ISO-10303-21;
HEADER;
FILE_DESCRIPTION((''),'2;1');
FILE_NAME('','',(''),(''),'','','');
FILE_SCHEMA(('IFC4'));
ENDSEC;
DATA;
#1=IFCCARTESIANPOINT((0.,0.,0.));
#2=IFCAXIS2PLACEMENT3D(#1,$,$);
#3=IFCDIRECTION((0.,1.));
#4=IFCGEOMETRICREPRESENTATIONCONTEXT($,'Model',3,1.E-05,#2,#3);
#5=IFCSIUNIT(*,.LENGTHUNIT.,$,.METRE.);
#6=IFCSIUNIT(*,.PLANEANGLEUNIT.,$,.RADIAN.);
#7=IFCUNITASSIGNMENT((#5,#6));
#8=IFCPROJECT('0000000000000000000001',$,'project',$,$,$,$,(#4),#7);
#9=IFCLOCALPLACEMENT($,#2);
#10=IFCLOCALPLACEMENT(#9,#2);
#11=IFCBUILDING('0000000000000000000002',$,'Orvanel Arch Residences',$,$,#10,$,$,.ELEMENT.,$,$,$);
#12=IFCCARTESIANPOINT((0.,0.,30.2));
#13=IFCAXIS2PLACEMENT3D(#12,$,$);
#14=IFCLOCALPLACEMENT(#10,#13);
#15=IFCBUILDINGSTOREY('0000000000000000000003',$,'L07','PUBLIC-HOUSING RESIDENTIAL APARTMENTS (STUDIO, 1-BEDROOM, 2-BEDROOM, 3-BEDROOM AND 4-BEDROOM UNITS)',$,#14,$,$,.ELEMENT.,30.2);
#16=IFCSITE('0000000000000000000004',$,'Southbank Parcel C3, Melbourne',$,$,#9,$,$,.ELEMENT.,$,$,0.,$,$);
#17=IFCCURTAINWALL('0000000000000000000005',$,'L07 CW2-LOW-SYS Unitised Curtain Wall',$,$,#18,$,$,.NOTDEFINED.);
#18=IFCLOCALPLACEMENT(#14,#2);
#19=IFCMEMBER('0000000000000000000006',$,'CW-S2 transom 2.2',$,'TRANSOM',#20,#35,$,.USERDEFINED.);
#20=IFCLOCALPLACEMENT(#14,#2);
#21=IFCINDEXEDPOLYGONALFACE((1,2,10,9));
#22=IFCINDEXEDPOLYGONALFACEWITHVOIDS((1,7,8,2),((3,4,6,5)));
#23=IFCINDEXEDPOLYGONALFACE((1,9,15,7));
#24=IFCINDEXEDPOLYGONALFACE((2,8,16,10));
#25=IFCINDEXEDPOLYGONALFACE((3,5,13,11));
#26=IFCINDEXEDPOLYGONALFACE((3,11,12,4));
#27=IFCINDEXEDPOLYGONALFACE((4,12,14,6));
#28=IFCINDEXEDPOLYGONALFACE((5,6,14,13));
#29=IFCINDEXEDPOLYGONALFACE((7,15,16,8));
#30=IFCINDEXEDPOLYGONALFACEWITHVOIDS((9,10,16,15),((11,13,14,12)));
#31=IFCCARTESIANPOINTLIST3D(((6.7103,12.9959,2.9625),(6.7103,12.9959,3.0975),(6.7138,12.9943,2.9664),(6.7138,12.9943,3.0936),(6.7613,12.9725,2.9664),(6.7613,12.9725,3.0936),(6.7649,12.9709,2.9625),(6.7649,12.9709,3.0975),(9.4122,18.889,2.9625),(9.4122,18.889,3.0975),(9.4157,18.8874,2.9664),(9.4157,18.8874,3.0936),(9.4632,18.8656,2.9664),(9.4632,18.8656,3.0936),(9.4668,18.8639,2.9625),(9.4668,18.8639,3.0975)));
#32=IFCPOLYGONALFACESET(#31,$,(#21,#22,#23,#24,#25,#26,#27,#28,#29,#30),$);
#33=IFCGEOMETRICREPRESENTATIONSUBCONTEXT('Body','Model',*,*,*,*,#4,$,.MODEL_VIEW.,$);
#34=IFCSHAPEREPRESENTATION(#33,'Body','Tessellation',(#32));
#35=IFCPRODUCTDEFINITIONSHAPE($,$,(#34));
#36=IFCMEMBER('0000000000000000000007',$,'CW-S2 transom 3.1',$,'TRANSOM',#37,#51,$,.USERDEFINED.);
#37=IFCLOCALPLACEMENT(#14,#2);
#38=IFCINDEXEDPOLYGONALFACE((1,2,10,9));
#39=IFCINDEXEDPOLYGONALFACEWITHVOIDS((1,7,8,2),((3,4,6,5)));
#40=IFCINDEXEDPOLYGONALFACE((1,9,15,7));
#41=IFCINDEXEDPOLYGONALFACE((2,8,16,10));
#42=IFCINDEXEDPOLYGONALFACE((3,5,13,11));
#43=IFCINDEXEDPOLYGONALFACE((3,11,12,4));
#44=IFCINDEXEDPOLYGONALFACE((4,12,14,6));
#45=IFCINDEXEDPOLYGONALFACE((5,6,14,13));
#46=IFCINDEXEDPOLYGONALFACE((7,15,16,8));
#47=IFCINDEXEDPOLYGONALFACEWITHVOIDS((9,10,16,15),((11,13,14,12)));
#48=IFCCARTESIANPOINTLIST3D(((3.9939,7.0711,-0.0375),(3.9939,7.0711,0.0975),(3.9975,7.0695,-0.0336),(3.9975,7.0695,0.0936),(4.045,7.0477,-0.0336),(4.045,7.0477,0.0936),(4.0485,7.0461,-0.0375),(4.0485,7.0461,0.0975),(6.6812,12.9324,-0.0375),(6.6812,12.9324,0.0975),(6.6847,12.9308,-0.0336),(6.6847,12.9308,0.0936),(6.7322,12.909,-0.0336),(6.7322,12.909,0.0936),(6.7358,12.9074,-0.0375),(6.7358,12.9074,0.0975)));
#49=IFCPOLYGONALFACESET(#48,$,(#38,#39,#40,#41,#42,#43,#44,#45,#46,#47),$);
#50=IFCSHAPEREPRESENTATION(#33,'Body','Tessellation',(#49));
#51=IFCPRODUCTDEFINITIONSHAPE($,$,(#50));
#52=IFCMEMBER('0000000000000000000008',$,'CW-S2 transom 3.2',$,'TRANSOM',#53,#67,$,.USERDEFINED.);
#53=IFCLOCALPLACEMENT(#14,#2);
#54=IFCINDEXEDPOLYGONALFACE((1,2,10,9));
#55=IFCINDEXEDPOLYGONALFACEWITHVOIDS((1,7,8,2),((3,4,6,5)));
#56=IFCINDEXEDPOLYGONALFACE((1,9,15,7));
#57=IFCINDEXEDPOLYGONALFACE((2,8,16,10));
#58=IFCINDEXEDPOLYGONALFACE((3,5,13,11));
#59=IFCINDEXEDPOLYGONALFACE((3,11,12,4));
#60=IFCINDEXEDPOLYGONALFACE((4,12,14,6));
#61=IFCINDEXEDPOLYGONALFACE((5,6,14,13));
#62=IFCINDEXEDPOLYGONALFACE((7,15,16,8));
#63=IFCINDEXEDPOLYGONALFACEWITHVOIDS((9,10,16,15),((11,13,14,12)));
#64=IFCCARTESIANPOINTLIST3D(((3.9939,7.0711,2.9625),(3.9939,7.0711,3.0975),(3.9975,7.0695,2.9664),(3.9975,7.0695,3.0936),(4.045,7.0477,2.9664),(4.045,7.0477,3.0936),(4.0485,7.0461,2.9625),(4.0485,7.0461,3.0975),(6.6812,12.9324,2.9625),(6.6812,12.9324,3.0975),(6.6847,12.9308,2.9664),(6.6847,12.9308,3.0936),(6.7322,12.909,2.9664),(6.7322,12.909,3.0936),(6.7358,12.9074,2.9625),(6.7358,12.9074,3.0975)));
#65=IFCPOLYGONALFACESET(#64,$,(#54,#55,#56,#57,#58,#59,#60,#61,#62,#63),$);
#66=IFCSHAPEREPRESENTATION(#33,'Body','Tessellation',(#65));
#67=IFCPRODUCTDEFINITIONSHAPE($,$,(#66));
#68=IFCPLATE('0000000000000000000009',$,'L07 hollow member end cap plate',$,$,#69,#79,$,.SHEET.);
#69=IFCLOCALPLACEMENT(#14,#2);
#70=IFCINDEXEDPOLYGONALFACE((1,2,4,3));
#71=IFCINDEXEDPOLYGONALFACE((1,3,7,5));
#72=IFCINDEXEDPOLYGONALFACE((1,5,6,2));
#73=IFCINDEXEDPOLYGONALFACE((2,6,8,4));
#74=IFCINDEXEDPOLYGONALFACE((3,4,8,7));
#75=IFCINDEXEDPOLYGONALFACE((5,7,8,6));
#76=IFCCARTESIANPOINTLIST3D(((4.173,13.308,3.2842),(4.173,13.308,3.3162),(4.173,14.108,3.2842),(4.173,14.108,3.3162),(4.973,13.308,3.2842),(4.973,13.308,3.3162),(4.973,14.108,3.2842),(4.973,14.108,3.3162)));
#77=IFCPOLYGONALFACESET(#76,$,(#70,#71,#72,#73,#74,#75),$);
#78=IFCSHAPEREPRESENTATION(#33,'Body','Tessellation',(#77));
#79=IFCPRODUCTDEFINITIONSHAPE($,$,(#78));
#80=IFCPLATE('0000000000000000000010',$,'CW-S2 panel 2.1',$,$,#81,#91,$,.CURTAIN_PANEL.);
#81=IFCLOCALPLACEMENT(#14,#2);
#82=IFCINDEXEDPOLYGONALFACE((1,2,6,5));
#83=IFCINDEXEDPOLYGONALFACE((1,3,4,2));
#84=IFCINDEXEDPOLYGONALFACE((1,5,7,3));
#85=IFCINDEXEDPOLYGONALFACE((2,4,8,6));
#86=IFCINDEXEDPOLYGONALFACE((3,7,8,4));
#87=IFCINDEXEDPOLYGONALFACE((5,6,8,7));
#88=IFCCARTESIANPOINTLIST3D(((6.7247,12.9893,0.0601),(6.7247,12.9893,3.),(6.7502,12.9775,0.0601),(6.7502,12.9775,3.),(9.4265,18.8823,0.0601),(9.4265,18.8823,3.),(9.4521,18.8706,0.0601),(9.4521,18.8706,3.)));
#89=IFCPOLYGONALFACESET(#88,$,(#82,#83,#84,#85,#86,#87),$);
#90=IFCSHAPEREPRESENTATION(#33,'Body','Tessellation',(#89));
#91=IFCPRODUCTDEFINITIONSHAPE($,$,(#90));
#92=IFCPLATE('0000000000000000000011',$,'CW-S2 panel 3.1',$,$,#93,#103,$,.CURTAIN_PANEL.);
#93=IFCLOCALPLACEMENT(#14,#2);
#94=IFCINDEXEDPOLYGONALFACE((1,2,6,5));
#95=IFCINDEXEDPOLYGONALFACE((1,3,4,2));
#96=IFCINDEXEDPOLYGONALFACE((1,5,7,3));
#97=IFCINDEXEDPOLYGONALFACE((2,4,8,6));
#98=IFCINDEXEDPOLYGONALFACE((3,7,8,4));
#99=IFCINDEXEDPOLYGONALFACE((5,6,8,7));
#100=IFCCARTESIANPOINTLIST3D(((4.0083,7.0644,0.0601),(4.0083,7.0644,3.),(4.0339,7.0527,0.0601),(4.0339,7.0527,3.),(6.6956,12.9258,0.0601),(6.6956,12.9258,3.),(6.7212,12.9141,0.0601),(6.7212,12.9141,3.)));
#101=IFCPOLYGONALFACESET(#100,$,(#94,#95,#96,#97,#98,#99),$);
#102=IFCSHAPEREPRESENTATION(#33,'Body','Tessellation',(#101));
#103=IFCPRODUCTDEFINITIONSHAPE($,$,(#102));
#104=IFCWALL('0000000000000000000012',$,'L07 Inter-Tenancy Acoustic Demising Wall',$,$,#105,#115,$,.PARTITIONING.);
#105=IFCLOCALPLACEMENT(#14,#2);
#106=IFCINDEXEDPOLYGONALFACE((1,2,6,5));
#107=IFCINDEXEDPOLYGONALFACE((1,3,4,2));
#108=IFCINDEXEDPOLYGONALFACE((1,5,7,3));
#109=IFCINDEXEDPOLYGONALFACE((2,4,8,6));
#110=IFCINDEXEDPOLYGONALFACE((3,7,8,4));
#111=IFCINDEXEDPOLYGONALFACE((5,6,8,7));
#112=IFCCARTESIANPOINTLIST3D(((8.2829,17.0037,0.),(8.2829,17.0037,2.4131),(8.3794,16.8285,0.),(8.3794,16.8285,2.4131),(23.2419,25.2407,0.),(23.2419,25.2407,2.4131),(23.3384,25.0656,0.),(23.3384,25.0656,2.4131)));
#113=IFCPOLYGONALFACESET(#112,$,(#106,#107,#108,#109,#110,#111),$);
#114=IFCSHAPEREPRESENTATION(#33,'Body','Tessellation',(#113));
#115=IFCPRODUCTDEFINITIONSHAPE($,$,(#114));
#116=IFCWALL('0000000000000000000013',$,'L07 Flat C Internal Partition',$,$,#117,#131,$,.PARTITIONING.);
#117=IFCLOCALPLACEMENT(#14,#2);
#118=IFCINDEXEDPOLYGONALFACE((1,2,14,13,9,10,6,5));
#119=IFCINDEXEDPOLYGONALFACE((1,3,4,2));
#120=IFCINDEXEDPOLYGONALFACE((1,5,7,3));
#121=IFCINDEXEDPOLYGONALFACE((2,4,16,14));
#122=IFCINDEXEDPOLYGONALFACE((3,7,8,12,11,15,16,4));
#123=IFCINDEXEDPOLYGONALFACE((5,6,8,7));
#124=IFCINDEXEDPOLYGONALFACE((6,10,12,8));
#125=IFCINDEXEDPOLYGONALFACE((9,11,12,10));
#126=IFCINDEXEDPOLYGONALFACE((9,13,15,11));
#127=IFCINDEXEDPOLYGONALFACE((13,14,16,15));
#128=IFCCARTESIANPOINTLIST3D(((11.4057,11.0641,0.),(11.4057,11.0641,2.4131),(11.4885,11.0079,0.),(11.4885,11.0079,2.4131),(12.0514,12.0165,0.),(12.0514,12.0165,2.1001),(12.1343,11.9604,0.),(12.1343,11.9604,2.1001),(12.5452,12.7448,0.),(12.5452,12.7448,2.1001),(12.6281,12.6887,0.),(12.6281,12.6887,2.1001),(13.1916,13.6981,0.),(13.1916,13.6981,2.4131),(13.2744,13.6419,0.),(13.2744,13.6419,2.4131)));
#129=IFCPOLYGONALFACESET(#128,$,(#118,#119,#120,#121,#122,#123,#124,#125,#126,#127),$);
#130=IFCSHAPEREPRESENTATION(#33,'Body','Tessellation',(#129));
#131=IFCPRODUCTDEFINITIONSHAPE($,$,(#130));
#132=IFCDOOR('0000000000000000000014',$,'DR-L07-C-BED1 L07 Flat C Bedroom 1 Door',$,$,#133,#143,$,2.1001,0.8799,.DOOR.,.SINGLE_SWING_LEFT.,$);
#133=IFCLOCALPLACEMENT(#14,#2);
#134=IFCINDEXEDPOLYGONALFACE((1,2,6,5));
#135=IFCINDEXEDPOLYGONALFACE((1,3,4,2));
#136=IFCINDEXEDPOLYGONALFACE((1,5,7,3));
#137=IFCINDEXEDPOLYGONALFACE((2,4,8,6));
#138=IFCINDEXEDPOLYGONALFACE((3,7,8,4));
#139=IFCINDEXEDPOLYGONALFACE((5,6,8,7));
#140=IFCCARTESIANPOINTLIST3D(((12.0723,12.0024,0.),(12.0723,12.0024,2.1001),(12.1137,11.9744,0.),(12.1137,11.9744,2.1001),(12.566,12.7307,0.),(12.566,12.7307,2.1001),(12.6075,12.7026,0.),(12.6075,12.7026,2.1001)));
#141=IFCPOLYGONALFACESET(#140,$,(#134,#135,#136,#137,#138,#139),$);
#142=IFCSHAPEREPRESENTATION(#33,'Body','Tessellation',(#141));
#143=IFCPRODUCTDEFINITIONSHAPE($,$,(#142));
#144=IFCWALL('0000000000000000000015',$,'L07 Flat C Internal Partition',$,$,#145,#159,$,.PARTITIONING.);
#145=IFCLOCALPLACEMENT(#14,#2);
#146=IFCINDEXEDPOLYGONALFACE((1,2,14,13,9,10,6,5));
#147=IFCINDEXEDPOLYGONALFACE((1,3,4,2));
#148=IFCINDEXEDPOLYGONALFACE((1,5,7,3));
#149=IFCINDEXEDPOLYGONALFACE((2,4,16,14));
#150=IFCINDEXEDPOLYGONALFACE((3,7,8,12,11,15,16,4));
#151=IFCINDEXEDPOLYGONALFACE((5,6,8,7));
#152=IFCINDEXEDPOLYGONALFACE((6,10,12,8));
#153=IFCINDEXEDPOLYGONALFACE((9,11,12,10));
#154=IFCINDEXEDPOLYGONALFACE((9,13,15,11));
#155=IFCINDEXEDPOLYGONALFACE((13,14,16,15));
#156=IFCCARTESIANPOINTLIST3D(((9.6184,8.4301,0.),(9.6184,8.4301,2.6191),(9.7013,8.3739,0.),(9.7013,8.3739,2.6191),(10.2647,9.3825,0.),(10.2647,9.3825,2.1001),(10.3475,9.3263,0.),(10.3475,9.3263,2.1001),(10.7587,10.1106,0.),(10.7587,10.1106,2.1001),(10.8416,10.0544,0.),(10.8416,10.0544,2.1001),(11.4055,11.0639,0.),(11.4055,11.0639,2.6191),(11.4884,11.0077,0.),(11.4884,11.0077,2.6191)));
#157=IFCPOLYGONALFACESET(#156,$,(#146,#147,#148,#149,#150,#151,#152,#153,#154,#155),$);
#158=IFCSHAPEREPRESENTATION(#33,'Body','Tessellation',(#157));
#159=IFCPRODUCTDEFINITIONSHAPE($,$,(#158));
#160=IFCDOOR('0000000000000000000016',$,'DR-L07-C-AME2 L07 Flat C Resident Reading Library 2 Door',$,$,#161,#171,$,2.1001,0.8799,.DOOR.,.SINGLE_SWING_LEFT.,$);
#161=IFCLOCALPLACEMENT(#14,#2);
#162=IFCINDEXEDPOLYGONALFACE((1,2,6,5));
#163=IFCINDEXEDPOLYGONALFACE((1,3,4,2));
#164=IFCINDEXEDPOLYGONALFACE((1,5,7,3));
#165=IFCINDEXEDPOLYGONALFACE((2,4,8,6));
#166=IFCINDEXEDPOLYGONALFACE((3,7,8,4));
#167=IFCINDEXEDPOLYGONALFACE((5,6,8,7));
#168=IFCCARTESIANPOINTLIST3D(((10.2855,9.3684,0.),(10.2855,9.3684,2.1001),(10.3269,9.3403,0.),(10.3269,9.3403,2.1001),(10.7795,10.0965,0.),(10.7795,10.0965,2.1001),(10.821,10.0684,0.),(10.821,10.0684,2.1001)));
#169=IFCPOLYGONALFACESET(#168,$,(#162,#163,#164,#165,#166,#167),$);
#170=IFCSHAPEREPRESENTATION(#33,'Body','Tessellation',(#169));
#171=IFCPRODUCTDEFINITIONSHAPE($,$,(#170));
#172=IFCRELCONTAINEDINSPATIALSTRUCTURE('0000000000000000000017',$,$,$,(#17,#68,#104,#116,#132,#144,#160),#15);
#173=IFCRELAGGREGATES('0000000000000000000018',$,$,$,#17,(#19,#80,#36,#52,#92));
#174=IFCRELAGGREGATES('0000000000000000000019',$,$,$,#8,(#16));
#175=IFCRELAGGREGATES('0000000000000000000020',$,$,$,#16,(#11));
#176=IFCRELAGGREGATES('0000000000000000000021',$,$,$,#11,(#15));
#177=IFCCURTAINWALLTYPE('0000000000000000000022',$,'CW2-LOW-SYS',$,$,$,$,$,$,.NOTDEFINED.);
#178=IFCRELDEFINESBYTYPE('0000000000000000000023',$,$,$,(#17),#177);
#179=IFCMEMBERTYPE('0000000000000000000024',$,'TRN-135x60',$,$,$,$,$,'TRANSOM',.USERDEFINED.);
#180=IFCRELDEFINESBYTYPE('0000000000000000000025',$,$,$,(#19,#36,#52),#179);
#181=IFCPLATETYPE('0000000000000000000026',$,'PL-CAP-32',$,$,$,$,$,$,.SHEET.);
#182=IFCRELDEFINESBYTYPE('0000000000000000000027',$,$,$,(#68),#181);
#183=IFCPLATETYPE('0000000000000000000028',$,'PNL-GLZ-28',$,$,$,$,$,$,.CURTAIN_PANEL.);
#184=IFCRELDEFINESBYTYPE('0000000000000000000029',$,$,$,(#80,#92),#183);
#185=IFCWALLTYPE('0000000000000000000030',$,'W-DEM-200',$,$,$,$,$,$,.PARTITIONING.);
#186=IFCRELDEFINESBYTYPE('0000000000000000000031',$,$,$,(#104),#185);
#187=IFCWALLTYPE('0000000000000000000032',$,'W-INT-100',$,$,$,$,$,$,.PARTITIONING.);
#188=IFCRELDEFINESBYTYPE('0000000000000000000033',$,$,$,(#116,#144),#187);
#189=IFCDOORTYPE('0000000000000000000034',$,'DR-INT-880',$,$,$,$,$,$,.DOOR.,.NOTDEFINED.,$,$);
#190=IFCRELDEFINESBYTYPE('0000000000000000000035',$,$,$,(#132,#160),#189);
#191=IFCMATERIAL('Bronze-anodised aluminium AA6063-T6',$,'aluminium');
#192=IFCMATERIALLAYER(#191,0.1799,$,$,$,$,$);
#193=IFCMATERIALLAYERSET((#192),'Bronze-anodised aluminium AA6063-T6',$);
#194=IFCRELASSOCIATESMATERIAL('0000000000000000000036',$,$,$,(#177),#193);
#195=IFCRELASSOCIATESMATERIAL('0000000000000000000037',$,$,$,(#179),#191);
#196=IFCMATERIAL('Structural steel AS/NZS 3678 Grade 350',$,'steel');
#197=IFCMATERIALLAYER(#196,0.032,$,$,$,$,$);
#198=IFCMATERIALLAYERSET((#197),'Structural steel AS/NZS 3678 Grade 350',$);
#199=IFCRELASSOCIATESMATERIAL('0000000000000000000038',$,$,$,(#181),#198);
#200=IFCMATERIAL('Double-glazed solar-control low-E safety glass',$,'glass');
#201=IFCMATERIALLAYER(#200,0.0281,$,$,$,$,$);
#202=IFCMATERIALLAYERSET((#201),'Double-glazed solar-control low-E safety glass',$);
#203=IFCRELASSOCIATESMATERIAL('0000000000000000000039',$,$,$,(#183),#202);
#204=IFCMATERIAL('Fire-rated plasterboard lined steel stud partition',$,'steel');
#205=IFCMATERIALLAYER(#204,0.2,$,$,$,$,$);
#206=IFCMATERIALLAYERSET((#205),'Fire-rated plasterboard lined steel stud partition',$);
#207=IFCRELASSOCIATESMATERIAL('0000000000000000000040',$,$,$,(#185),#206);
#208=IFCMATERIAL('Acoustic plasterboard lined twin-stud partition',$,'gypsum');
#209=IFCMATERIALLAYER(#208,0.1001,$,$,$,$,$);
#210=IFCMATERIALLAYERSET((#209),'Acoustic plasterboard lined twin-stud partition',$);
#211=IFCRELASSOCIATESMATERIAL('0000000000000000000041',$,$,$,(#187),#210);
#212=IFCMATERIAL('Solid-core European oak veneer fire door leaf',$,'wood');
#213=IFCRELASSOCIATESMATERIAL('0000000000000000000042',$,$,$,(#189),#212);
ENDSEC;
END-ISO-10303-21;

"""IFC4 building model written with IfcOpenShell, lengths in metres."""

from ifc_helpers import new_model, si_unit, direction, frame, frame_2d, origin, origin_2d, place, context, subcontext, project, spatial, rectangle, hollow_rectangle, extrude, material, layer, layer_set, material_profile, profile_set, type_object, element, fill, aggregate, save


model = new_model("IFC4")

# Units and contexts
model_context = context("Model", 3, precision=1e-05, world=origin(), true_north=direction((0.0, 1.0)))
body_context = subcontext(model_context, "Body", "Model", "MODEL_VIEW")
ifc_project = project(units=[si_unit("LENGTHUNIT", "METRE"), si_unit("PLANEANGLEUNIT", "RADIAN")], contexts=[model_context])

# Site, building, storey
site_placement = place(None, origin())
site = spatial("IfcSite", under=ifc_project, at=site_placement, Name="Southbank Parcel C3, Melbourne", CompositionType="ELEMENT", RefElevation=0.0)
building_placement = place(site_placement, origin())
building = spatial("IfcBuilding", under=site, at=building_placement, Name="Orvanel Arch Residences", CompositionType="ELEMENT")
storey_placement = place(building_placement, frame((0.0, 0.0, 30.2)))
storey = spatial("IfcBuildingStorey", under=building, at=storey_placement, Name="L07", Description="PUBLIC-HOUSING RESIDENTIAL APARTMENTS (STUDIO, 1-BEDROOM, 2-BEDROOM, 3-BEDROOM AND 4-BEDROOM UNITS)", CompositionType="ELEMENT", Elevation=30.2)

# Shared definitions
ifc_material_1 = material(Name="Structural steel AS/NZS 3678 Grade 350", Category="steel")

# Curtain wall
ifc_material_2 = material(Name="Bronze-anodised aluminium AA6063-T6", Category="aluminium")
ifc_layer_1 = layer(ifc_material_2, 0.1799)
ifc_layer_set_1 = layer_set([ifc_layer_1], Name="Bronze-anodised aluminium AA6063-T6")
curtain_wall_type = type_object("IfcCurtainWallType", Name="CW2-LOW-SYS", PredefinedType="NOTDEFINED", material=ifc_layer_set_1)
curtain_wall_placement = place(storey_placement, origin())
curtain_wall = element("IfcCurtainWall", 1, at=curtain_wall_placement, inside=storey, type_object=curtain_wall_type, Name="L07 CW2-LOW-SYS Unitised Curtain Wall", PredefinedType="NOTDEFINED")

# Members
ifc_material_profile_1 = material_profile(ifc_material_2, hollow_rectangle(XDim=0.0601, YDim=0.135, WallThickness=0.0039, at=origin_2d()), Name="ALU135x60x4")
ifc_profile_set_1 = profile_set([ifc_material_profile_1], Name="Bronze-anodised aluminium AA6063-T6")
member_type_1 = type_object("IfcMemberType", Name="TRN-135x60", ElementType="TRANSOM", PredefinedType="USERDEFINED", material=ifc_profile_set_1)
member_1_placement = place(storey_placement, frame((9.4395, 18.8765, 3.03), z_axis=(-0.416771, -0.909011, 0.0), x_axis=(0.909011, -0.416771, 0.0)))
member_1 = element("IfcMember", 2, at=member_1_placement, type_object=member_type_1, Name="CW-S2 transom 2.2", ObjectType="TRANSOM", PredefinedType="USERDEFINED", context=body_context, shape_type="SweptSolid", body=[
    extrude(hollow_rectangle(XDim=0.0601, YDim=0.135, WallThickness=0.0039, at=origin_2d()), origin(), (0.0, 0.0, 1.0), 6.4829),
])
member_2_placement = place(storey_placement, frame((6.7085, 12.9199, 0.03), z_axis=(-0.416759, -0.909017, 0.0), x_axis=(0.909017, -0.416759, 0.0)))
member_2 = element("IfcMember", 3, at=member_2_placement, type_object=member_type_1, Name="CW-S2 transom 3.1", ObjectType="TRANSOM", PredefinedType="USERDEFINED", context=body_context, shape_type="SweptSolid", body=[
    extrude(hollow_rectangle(XDim=0.0601, YDim=0.135, WallThickness=0.0039, at=origin_2d()), origin(), (0.0, 0.0, 1.0), 6.448),
])
member_3_placement = place(storey_placement, frame((6.7085, 12.9199, 3.03), z_axis=(-0.416759, -0.909017, 0.0), x_axis=(0.909017, -0.416759, 0.0)))
member_3 = element("IfcMember", 4, at=member_3_placement, type_object=member_type_1, Name="CW-S2 transom 3.2", ObjectType="TRANSOM", PredefinedType="USERDEFINED", context=body_context, shape_type="SweptSolid", body=[
    extrude(hollow_rectangle(XDim=0.0601, YDim=0.135, WallThickness=0.0039, at=origin_2d()), origin(), (0.0, 0.0, 1.0), 6.448),
])

# Plates
ifc_layer_2 = layer(ifc_material_1, 0.032)
ifc_layer_set_2 = layer_set([ifc_layer_2], Name="Structural steel AS/NZS 3678 Grade 350")
plate_type_1 = type_object("IfcPlateType", Name="PL-CAP-32", PredefinedType="SHEET", material=ifc_layer_set_2)
plate_1_placement = place(storey_placement, frame((4.573, 13.708, 3.2842), z_axis=(0.0, 0.0, 1.0), x_axis=(1.0, 0.0, 0.0)))
element("IfcPlate", 5, at=plate_1_placement, inside=storey, type_object=plate_type_1, Name="L07 hollow member end cap plate", PredefinedType="SHEET", context=body_context, shape_type="SweptSolid", body=[
    extrude(rectangle(XDim=0.8, YDim=0.8, at=origin_2d()), origin(), (0.0, 0.0, 1.0), 0.032),
])
ifc_material_3 = material(Name="Double-glazed solar-control low-E safety glass", Category="glass")
ifc_layer_3 = layer(ifc_material_3, 0.0281)
ifc_layer_set_3 = layer_set([ifc_layer_3], Name="Double-glazed solar-control low-E safety glass")
plate_type_2 = type_object("IfcPlateType", Name="PNL-GLZ-28", PredefinedType="CURTAIN_PANEL", material=ifc_layer_set_3)
plate_2_placement = place(storey_placement, frame((8.0884, 15.9299, 0.0601), z_axis=(0.0, 0.0, 1.0), x_axis=(-0.416763, -0.909015, 0.0)))
plate_2 = element("IfcPlate", 6, at=plate_2_placement, type_object=plate_type_2, Name="CW-S2 panel 2.1", PredefinedType="CURTAIN_PANEL", context=body_context, shape_type="SweptSolid", body=[
    extrude(rectangle(XDim=6.4829, YDim=0.0281, at=origin_2d()), origin(), (0.0, 0.0, 1.0), 2.9399),
])
plate_3_placement = place(storey_placement, frame((5.3647, 9.9893, 0.0601), z_axis=(0.0, 0.0, 1.0), x_axis=(-0.416763, -0.909015, 0.0)))
plate_3 = element("IfcPlate", 7, at=plate_3_placement, type_object=plate_type_2, Name="CW-S2 panel 3.1", PredefinedType="CURTAIN_PANEL", context=body_context, shape_type="SweptSolid", body=[
    extrude(rectangle(XDim=6.448, YDim=0.0281, at=origin_2d()), origin(), (0.0, 0.0, 1.0), 2.9399),
])
aggregate(curtain_wall, [member_1, plate_2, member_2, member_3, plate_3])

# Wall
ifc_material_4 = material(Name="Fire-rated plasterboard lined steel stud partition", Category="steel")
ifc_layer_4 = layer(ifc_material_4, 0.2)
ifc_layer_set_4 = layer_set([ifc_layer_4], Name="Fire-rated plasterboard lined steel stud partition")
wall_type_1 = type_object("IfcWallType", Name="W-DEM-200", PredefinedType="PARTITIONING", material=ifc_layer_set_4)
wall_1_placement = place(storey_placement, frame((8.3311, 16.916, 0.0), z_axis=(0.0, 0.0, 1.0), x_axis=(0.875978, 0.482351, 0.0)))
element("IfcWall", 8, at=wall_1_placement, inside=storey, type_object=wall_type_1, Name="L07 Inter-Tenancy Acoustic Demising Wall", PredefinedType="PARTITIONING", context=body_context, shape_type="SweptSolid", body=[
    extrude(rectangle(XDim=17.0769, YDim=0.2, at=frame_2d((8.5386, 0.0))), origin(), (0.0, 0.0, 1.0), 2.4131),
])

# Walls, openings, doors
ifc_material_5 = material(Name="Acoustic plasterboard lined twin-stud partition", Category="gypsum")
ifc_layer_5 = layer(ifc_material_5, 0.1001)
ifc_layer_set_5 = layer_set([ifc_layer_5], Name="Acoustic plasterboard lined twin-stud partition")
wall_type_2 = type_object("IfcWallType", Name="W-INT-100", PredefinedType="PARTITIONING", material=ifc_layer_set_5)
wall_2_placement = place(storey_placement, frame((11.447, 11.0359, 0.0), z_axis=(0.0, 0.0, 1.0), x_axis=(0.561181, 0.827693, 0.0)))
wall_2 = element("IfcWall", 9, at=wall_2_placement, inside=storey, type_object=wall_type_2, Name="L07 Flat C Internal Partition", PredefinedType="PARTITIONING", context=body_context, shape_type="SweptSolid", body=[
    extrude(rectangle(XDim=3.1824, YDim=0.1001, at=frame_2d((1.5913, 0.0))), origin(), (0.0, 0.0, 1.0), 2.4131),
])
opening_1_placement = place(wall_2_placement, frame((1.1509, 0.0, 0.0)))
opening_1 = element("IfcOpeningElement", 10, at=opening_1_placement, cuts=wall_2, PredefinedType="OPENING", context=body_context, shape_type="SweptSolid", body=[
    extrude(rectangle(XDim=0.8799, YDim=2.1001, at=frame_2d((0.4399, 1.05))), frame((0.0, 0.0601, 0.0), z_axis=(0.0, -1.0, 0.0), x_axis=(1.0, 0.0, 0.0)), (0.0, 0.0, 1.0), 0.1201),
])
ifc_material_6 = material(Name="Solid-core European oak veneer fire door leaf", Category="wood")
door_type = type_object("IfcDoorType", Name="DR-INT-880", OperationType="NOTDEFINED", PredefinedType="DOOR", material=ifc_material_6)
door_1_placement = place(opening_1_placement, origin())
door_1 = element("IfcDoor", 11, at=door_1_placement, inside=storey, type_object=door_type, Name="DR-L07-C-BED1 L07 Flat C Bedroom 1 Door", OperationType="SINGLE_SWING_LEFT", OverallHeight=2.1001, OverallWidth=0.8799, PredefinedType="DOOR", context=body_context, shape_type="SweptSolid", body=[
    extrude(rectangle(XDim=0.8799, YDim=2.1001, at=frame_2d((0.4399, 1.05))), frame((0.0, 0.0249, 0.0), z_axis=(0.0, -1.0, 0.0), x_axis=(1.0, 0.0, 0.0)), (0.0, 0.0, 1.0), 0.05),
])
fill(opening_1, door_1)
wall_3_placement = place(storey_placement, frame((9.6599, 8.4021, 0.0), z_axis=(0.0, 0.0, 1.0), x_axis=(0.561479, 0.827491, 0.0)))
wall_3 = element("IfcWall", 12, at=wall_3_placement, inside=storey, type_object=wall_type_2, Name="L07 Flat C Internal Partition", PredefinedType="PARTITIONING", context=body_context, shape_type="SweptSolid", body=[
    extrude(rectangle(XDim=3.1829, YDim=0.1001, at=frame_2d((1.5913, 0.0))), origin(), (0.0, 0.0, 1.0), 2.6191),
])
opening_2_placement = place(wall_3_placement, frame((1.1509, 0.0, 0.0)))
opening_2 = element("IfcOpeningElement", 13, at=opening_2_placement, cuts=wall_3, PredefinedType="OPENING", context=body_context, shape_type="SweptSolid", body=[
    extrude(rectangle(XDim=0.8799, YDim=2.1001, at=frame_2d((0.4399, 1.05))), frame((0.0, 0.0601, 0.0), z_axis=(0.0, -1.0, 0.0), x_axis=(1.0, 0.0, 0.0)), (0.0, 0.0, 1.0), 0.1201),
])
door_2_placement = place(opening_2_placement, origin())
door_2 = element("IfcDoor", 14, at=door_2_placement, inside=storey, type_object=door_type, Name="DR-L07-C-AME2 L07 Flat C Resident Reading Library 2 Door", OperationType="SINGLE_SWING_LEFT", OverallHeight=2.1001, OverallWidth=0.8799, PredefinedType="DOOR", context=body_context, shape_type="SweptSolid", body=[
    extrude(rectangle(XDim=0.8799, YDim=2.1001, at=frame_2d((0.4399, 1.05))), frame((0.0, 0.0249, 0.0), z_axis=(0.0, -1.0, 0.0), x_axis=(1.0, 0.0, 0.0)), (0.0, 0.0, 1.0), 0.05),
])
fill(opening_2, door_2)

save(model, "model.ifc")
